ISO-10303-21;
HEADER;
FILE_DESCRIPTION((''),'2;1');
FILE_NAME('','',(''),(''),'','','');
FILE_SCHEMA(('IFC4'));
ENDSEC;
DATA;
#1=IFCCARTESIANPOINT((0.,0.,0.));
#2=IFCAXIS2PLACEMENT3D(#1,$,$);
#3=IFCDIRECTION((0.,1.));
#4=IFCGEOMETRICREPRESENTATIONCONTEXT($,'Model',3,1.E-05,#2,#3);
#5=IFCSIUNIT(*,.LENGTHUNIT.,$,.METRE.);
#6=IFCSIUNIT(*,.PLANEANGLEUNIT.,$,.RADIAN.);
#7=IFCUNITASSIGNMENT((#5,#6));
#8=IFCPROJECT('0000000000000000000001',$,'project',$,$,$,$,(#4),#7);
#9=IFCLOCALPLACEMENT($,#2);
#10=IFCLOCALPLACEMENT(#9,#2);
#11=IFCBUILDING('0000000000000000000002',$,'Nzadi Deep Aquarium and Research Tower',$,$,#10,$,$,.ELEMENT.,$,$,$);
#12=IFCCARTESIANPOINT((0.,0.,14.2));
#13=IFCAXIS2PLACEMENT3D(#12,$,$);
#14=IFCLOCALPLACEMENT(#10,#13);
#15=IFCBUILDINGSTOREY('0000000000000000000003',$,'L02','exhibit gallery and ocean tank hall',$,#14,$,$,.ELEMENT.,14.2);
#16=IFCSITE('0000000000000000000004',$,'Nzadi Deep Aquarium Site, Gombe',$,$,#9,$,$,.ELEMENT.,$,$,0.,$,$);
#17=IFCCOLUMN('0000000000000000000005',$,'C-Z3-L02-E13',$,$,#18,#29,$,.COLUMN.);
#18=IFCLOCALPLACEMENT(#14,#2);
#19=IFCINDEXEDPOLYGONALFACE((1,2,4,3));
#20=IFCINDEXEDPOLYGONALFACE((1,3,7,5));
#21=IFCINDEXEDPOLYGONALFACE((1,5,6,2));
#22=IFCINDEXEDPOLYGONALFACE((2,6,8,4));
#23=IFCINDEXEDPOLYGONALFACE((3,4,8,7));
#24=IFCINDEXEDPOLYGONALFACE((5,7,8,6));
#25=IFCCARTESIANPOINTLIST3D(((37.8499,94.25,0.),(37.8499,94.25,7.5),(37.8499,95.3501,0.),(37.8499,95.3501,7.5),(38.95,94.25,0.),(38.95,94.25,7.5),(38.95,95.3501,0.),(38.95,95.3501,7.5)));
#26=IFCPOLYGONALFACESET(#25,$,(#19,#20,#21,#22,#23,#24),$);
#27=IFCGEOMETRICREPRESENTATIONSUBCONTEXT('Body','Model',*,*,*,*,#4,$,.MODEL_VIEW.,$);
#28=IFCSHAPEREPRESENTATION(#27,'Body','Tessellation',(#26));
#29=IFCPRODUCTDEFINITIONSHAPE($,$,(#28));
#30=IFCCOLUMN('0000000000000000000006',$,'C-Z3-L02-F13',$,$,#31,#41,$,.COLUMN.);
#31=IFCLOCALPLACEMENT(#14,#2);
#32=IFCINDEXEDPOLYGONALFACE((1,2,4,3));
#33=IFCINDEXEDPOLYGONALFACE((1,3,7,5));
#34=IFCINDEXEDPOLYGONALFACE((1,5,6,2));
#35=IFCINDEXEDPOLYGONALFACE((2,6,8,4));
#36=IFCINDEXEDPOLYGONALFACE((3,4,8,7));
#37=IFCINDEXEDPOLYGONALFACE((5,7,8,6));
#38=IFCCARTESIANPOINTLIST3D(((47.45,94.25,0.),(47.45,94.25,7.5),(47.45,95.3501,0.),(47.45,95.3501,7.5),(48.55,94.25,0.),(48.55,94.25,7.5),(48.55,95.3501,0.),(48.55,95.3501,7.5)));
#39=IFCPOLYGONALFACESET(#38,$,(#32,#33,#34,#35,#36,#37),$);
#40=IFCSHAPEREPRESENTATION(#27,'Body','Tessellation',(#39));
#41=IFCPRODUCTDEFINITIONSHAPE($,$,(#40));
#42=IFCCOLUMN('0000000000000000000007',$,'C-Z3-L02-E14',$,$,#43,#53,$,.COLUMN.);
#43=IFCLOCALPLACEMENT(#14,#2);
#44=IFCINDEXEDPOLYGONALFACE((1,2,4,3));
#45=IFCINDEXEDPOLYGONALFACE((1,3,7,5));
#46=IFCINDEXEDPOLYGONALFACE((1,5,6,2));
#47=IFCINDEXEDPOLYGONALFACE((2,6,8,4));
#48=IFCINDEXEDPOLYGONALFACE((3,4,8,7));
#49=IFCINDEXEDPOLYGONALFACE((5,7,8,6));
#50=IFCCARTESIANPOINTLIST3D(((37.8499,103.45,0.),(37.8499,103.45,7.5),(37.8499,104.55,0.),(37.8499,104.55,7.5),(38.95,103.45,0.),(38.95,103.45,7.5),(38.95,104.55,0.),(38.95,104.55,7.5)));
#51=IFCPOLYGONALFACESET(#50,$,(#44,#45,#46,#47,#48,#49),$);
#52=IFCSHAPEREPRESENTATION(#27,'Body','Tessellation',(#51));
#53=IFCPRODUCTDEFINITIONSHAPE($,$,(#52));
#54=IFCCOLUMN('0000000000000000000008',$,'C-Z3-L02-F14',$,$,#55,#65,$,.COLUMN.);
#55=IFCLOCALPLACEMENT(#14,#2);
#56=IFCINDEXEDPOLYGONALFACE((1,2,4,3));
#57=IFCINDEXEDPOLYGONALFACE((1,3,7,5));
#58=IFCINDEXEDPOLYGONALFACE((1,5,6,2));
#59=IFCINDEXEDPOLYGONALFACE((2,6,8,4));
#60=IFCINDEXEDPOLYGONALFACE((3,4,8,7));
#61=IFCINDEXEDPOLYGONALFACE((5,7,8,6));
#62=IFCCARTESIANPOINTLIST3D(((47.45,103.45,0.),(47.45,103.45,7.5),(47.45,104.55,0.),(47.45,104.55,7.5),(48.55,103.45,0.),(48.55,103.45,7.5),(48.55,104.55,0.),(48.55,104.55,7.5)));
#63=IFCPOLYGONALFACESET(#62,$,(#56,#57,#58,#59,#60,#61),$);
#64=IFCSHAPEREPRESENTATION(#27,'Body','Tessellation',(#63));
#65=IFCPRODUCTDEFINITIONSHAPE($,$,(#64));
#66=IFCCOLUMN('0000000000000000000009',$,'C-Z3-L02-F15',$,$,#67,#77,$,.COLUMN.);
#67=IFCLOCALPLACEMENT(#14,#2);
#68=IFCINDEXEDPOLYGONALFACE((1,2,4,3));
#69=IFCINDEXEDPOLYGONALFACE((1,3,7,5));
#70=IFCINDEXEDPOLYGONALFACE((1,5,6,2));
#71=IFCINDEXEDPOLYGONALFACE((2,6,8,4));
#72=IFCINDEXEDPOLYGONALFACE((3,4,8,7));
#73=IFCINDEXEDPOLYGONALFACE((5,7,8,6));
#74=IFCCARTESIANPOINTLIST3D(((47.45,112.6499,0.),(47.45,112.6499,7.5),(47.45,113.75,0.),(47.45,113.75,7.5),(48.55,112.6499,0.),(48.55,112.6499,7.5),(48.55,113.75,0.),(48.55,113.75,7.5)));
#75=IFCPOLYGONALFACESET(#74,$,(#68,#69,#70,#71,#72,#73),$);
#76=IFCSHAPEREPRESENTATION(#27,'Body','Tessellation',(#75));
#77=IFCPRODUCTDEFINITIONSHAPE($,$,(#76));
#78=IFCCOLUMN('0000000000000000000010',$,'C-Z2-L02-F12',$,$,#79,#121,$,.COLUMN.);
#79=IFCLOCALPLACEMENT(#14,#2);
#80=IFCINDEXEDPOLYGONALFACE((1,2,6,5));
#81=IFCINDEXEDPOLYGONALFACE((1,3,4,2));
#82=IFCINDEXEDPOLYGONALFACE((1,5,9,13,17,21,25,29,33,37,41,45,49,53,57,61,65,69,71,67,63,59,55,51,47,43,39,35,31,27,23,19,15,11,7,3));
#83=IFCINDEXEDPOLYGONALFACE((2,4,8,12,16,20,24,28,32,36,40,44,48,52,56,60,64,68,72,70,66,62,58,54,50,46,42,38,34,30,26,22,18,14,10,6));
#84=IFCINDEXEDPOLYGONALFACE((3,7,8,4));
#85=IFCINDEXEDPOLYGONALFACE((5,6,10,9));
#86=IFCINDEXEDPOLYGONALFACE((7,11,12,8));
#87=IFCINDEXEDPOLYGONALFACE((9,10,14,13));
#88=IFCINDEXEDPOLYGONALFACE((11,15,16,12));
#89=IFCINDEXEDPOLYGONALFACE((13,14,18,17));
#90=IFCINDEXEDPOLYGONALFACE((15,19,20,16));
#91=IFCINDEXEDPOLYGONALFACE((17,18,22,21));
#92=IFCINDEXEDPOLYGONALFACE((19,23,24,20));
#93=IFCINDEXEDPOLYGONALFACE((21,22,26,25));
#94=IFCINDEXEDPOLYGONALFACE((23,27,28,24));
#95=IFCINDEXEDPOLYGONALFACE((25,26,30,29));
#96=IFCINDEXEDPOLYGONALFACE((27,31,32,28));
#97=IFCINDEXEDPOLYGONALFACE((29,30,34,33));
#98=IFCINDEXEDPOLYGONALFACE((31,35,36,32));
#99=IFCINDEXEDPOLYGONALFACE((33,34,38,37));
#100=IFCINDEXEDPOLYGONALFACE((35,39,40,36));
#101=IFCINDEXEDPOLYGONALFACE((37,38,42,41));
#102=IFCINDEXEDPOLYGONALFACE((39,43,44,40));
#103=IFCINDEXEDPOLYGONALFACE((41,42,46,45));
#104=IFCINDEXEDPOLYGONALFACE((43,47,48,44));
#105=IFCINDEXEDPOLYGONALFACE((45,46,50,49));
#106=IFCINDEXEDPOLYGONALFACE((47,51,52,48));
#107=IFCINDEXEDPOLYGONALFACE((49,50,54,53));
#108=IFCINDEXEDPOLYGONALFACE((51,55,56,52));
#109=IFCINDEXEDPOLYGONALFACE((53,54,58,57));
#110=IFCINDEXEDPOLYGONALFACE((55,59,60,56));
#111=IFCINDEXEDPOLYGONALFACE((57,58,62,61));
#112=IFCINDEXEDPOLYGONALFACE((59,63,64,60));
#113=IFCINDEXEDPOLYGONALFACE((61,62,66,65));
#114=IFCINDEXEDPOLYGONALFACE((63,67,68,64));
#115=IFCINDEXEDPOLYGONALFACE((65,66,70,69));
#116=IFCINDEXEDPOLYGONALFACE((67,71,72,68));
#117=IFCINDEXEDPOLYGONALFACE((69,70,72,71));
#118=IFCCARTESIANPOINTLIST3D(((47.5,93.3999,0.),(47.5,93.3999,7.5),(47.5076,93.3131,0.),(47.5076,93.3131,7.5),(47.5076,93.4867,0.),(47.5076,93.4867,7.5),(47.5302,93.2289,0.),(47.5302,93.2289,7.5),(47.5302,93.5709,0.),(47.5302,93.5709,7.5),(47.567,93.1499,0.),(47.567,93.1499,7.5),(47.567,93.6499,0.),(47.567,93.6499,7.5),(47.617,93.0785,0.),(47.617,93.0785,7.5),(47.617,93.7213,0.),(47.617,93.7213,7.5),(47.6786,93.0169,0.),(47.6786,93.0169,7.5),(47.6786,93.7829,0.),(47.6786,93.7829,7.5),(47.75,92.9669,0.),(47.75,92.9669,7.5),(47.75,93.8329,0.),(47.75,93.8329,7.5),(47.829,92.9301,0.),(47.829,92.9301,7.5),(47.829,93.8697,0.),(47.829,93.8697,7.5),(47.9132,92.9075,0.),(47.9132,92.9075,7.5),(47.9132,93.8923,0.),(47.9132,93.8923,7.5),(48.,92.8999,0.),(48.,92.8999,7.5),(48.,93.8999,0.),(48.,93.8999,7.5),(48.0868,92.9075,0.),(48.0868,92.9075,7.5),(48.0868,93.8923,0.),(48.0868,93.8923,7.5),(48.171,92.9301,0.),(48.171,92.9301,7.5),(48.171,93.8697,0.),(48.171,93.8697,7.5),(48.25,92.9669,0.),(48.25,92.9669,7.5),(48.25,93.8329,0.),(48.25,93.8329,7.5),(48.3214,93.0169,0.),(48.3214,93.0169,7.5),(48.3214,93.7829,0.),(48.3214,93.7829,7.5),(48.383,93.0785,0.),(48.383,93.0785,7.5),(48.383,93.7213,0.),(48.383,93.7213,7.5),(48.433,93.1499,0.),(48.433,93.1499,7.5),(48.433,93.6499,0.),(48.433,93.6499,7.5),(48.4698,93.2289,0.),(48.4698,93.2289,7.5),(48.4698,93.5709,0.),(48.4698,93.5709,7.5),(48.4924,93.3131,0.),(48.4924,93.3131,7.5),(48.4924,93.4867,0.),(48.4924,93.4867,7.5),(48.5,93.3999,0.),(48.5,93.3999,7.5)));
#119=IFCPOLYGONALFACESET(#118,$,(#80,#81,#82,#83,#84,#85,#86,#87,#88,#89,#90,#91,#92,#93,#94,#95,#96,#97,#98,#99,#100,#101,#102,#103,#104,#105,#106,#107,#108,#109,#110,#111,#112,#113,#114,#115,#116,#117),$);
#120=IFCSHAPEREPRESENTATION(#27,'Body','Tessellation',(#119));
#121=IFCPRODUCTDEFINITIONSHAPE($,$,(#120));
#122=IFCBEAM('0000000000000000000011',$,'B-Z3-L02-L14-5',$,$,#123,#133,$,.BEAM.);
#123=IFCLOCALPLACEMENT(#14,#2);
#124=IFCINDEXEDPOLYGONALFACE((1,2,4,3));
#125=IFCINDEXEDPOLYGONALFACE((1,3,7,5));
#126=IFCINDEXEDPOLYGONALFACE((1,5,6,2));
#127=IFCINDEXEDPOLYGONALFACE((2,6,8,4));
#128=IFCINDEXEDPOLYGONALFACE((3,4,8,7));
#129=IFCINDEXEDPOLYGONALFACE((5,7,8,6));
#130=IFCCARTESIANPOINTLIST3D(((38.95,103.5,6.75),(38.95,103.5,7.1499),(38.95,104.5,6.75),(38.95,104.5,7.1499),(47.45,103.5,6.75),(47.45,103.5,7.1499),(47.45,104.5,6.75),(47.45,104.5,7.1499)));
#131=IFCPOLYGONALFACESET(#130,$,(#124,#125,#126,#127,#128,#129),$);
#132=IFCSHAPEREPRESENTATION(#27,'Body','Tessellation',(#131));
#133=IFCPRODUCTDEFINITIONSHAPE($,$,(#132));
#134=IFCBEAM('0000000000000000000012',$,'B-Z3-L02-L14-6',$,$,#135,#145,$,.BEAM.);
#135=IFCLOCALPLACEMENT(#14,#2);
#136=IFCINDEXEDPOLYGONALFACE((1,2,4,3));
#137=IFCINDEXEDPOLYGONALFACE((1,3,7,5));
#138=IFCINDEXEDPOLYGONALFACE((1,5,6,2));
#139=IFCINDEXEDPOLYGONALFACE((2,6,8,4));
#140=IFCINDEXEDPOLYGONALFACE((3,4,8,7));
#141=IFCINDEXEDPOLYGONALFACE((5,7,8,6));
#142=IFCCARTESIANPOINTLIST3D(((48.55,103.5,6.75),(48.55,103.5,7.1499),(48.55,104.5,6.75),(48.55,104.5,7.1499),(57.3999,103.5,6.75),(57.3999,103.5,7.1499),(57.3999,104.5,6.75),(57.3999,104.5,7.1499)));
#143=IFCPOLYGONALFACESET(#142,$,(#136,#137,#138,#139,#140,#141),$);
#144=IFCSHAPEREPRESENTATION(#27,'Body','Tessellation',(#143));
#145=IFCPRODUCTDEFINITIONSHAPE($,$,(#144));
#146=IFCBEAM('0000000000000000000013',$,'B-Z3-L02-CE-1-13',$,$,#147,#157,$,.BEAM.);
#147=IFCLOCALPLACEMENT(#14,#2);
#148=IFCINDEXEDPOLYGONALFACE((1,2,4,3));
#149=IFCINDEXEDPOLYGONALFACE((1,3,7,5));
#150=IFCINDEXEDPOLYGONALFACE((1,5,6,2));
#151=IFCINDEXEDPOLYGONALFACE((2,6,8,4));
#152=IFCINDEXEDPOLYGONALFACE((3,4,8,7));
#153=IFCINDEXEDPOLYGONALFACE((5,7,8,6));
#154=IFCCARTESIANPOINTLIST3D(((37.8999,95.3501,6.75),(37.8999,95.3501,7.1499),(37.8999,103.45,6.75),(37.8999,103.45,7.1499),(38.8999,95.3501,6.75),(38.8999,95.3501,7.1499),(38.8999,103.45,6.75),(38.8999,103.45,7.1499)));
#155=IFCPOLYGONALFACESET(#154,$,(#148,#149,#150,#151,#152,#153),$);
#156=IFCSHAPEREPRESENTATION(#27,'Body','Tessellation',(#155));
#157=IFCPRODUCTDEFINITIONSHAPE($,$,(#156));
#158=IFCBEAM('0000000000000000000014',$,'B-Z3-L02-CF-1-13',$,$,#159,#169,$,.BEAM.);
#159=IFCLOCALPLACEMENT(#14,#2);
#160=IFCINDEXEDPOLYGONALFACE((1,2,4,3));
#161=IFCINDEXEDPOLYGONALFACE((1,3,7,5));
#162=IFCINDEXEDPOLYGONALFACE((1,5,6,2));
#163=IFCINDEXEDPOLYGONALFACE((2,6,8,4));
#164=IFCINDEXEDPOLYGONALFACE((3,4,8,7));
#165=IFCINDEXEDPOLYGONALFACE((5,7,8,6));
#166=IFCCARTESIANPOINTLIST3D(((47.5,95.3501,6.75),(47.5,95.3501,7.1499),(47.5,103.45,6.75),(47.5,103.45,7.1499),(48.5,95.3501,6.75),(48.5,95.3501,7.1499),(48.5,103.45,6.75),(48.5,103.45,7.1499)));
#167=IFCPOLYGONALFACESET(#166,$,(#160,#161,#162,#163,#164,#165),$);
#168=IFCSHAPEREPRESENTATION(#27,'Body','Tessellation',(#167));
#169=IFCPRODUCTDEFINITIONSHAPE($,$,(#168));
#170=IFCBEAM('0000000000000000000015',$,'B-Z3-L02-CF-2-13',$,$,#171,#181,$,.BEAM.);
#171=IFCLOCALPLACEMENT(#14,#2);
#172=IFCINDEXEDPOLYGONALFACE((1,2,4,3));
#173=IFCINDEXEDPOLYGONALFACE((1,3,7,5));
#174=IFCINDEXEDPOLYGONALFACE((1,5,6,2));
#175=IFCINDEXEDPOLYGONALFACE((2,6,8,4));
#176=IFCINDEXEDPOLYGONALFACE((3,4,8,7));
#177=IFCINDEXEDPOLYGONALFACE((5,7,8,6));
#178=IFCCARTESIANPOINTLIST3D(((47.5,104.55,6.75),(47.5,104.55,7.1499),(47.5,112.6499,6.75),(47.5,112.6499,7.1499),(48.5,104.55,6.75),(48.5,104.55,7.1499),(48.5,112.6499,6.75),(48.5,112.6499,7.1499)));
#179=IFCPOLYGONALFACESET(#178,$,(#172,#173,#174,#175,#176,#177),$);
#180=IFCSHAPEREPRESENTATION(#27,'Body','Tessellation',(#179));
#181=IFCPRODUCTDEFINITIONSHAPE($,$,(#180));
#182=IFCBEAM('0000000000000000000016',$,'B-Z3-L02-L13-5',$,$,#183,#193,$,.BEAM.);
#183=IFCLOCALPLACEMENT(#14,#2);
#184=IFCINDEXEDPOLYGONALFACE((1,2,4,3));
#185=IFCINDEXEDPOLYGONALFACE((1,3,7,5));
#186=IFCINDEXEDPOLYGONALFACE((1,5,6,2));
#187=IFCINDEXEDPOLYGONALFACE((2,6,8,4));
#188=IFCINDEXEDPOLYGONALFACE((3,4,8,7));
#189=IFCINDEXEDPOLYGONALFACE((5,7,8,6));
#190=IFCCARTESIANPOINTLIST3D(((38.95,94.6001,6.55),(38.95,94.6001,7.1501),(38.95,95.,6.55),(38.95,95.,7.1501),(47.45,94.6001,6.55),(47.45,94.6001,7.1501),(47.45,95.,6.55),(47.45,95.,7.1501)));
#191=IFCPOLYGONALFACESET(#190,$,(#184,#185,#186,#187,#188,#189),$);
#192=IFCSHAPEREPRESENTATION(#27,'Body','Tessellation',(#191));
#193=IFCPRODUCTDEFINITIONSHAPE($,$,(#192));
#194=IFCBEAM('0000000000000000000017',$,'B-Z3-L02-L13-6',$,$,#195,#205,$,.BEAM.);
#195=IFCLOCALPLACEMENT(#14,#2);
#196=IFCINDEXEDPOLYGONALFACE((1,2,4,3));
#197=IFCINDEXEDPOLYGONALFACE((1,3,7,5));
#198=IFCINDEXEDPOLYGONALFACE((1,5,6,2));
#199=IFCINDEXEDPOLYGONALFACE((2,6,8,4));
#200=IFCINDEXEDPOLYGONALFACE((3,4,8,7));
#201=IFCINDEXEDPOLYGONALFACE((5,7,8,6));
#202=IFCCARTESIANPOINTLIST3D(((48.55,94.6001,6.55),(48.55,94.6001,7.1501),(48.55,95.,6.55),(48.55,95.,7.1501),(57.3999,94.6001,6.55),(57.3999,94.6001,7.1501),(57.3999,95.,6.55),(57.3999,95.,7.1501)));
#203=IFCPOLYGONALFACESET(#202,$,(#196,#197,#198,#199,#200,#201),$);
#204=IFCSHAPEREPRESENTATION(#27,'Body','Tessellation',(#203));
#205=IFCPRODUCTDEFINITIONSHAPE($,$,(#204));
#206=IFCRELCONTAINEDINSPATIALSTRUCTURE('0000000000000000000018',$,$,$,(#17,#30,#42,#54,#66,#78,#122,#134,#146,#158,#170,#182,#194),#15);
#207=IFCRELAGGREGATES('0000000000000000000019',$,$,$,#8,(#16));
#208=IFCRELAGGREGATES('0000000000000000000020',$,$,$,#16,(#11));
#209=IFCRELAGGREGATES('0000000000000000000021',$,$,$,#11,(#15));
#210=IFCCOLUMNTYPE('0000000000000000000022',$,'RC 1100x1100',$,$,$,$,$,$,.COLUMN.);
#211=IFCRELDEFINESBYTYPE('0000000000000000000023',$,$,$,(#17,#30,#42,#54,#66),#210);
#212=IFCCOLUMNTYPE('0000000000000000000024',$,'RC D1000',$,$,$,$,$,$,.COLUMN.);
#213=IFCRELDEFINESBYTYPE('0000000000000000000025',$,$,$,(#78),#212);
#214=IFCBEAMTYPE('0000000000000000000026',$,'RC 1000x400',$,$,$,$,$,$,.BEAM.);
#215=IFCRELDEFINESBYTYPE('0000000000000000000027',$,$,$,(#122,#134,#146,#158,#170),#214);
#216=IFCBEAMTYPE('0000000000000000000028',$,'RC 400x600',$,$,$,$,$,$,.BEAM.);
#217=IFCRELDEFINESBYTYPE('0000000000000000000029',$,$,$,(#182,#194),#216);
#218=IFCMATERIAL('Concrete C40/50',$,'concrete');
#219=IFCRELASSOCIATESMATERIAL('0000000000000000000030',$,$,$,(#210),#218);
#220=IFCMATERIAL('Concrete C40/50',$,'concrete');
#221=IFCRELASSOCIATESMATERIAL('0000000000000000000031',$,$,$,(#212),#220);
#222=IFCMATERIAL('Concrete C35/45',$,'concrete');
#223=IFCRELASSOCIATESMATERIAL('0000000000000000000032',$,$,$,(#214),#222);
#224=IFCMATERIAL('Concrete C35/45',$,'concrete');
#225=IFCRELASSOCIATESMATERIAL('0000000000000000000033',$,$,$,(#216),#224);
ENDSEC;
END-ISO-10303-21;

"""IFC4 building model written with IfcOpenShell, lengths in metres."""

from ifc_helpers import new_model, si_unit, direction, frame, origin, origin_2d, place, context, subcontext, project, spatial, rectangle, circle, extrude, material, material_profile, profile_set, type_object, element, save


model = new_model("IFC4")

# Units and contexts
model_context = context("Model", 3, precision=1e-05, world=origin(), true_north=direction((0.0, 1.0)))
body_context = subcontext(model_context, "Body", "Model", "MODEL_VIEW")
ifc_project = project(units=[si_unit("LENGTHUNIT", "METRE"), si_unit("PLANEANGLEUNIT", "RADIAN")], contexts=[model_context])

# Site, building, storey
site_placement = place(None, origin())
site = spatial("IfcSite", under=ifc_project, at=site_placement, Name="Nzadi Deep Aquarium Site, Gombe", CompositionType="ELEMENT", RefElevation=0.0)
building_placement = place(site_placement, origin())
building = spatial("IfcBuilding", under=site, at=building_placement, Name="Nzadi Deep Aquarium and Research Tower", CompositionType="ELEMENT")
storey_placement = place(building_placement, frame((0.0, 0.0, 14.2)))
storey = spatial("IfcBuildingStorey", under=building, at=storey_placement, Name="L02", Description="exhibit gallery and ocean tank hall", CompositionType="ELEMENT", Elevation=14.2)

# Columns
ifc_material_1 = material(Name="Concrete C40/50", Category="concrete")
ifc_material_profile_1 = material_profile(ifc_material_1, rectangle(XDim=1.1001, YDim=1.1001, at=origin_2d()))
ifc_profile_set_1 = profile_set([ifc_material_profile_1], Name="Concrete C40/50")
column_type_1 = type_object("IfcColumnType", Name="RC 1100x1100", PredefinedType="COLUMN", material=ifc_profile_set_1)
for number, where, z_axis, x_axis, name in (
    (1, (38.3999, 94.8, 0.0), (0.0, 0.0, 1.0), (1.0, 0.0, 0.0), "C-Z3-L02-E13"),
    (2, (48.0, 94.8, 0.0), (0.0, 0.0, 1.0), (1.0, 0.0, 0.0), "C-Z3-L02-F13"),
    (3, (38.3999, 104.0, 0.0), (0.0, 0.0, 1.0), (1.0, 0.0, 0.0), "C-Z3-L02-E14"),
    (4, (48.0, 104.0, 0.0), (0.0, 0.0, 1.0), (1.0, 0.0, 0.0), "C-Z3-L02-F14"),
    (5, (48.0, 113.2, 0.0), (0.0, 0.0, 1.0), (1.0, 0.0, 0.0), "C-Z3-L02-F15"),
):
    element("IfcColumn", number, at=place(storey_placement, frame(where, z_axis=z_axis, x_axis=x_axis)), inside=storey, type_object=column_type_1, Name=name, PredefinedType="COLUMN", context=body_context, shape_type="SweptSolid", body=[
        extrude(rectangle(XDim=1.1001, YDim=1.1001, at=origin_2d()), origin(), (0.0, 0.0, 1.0), 7.5),
    ])
ifc_material_2 = material(Name="Concrete C40/50", Category="concrete")
ifc_material_profile_2 = material_profile(ifc_material_2, circle(Radius=0.5, at=origin_2d()))
ifc_profile_set_2 = profile_set([ifc_material_profile_2], Name="Concrete C40/50")
column_type_2 = type_object("IfcColumnType", Name="RC D1000", PredefinedType="COLUMN", material=ifc_profile_set_2)
column_placement = place(storey_placement, frame((48.0, 93.3999, 0.0), z_axis=(0.0, 0.0, 1.0), x_axis=(1.0, 0.0, 0.0)))
element("IfcColumn", 6, at=column_placement, inside=storey, type_object=column_type_2, Name="C-Z2-L02-F12", PredefinedType="COLUMN", context=body_context, shape_type="SweptSolid", body=[
    extrude(circle(Radius=0.5, at=origin_2d()), origin(), (0.0, 0.0, 1.0), 7.5),
])

# Beams
ifc_material_3 = material(Name="Concrete C35/45", Category="concrete")
ifc_material_profile_3 = material_profile(ifc_material_3, rectangle(XDim=1.0, YDim=0.3999, at=origin_2d()))
ifc_profile_set_3 = profile_set([ifc_material_profile_3], Name="Concrete C35/45")
beam_type_1 = type_object("IfcBeamType", Name="RC 1000x400", PredefinedType="BEAM", material=ifc_profile_set_3)
beam_1_placement = place(storey_placement, frame((38.95, 104.0, 6.95), z_axis=(1.0, 0.0, 0.0), x_axis=(0.0, 1.0, 0.0)))
element("IfcBeam", 7, at=beam_1_placement, inside=storey, type_object=beam_type_1, Name="B-Z3-L02-L14-5", PredefinedType="BEAM", context=body_context, shape_type="SweptSolid", body=[
    extrude(rectangle(XDim=1.0, YDim=0.3999, at=origin_2d()), origin(), (0.0, 0.0, 1.0), 8.5),
])
beam_2_placement = place(storey_placement, frame((48.55, 104.0, 6.95), z_axis=(1.0, 0.0, 0.0), x_axis=(0.0, 1.0, 0.0)))
element("IfcBeam", 8, at=beam_2_placement, inside=storey, type_object=beam_type_1, Name="B-Z3-L02-L14-6", PredefinedType="BEAM", context=body_context, shape_type="SweptSolid", body=[
    extrude(rectangle(XDim=1.0, YDim=0.3999, at=origin_2d()), origin(), (0.0, 0.0, 1.0), 8.8499),
])
for number, where, z_axis, x_axis, name in (
    (9, (38.3999, 95.3501, 6.95), (0.0, 1.0, 0.0), (-1.0, 0.0, 0.0), "B-Z3-L02-CE-1-13"),
    (10, (48.0, 95.3501, 6.95), (0.0, 1.0, 0.0), (-1.0, 0.0, 0.0), "B-Z3-L02-CF-1-13"),
    (11, (48.0, 104.55, 6.95), (0.0, 1.0, 0.0), (-1.0, 0.0, 0.0), "B-Z3-L02-CF-2-13"),
):
    element("IfcBeam", number, at=place(storey_placement, frame(where, z_axis=z_axis, x_axis=x_axis)), inside=storey, type_object=beam_type_1, Name=name, PredefinedType="BEAM", context=body_context, shape_type="SweptSolid", body=[
        extrude(rectangle(XDim=1.0, YDim=0.3999, at=origin_2d()), origin(), (0.0, 0.0, 1.0), 8.0999),
    ])
ifc_material_4 = material(Name="Concrete C35/45", Category="concrete")
ifc_material_profile_4 = material_profile(ifc_material_4, rectangle(XDim=0.3999, YDim=0.6001, at=origin_2d()))
ifc_profile_set_4 = profile_set([ifc_material_profile_4], Name="Concrete C35/45")
beam_type_2 = type_object("IfcBeamType", Name="RC 400x600", PredefinedType="BEAM", material=ifc_profile_set_4)
beam_3_placement = place(storey_placement, frame((38.95, 94.8, 6.8501), z_axis=(1.0, 0.0, 0.0), x_axis=(0.0, 1.0, 0.0)))
element("IfcBeam", 12, at=beam_3_placement, inside=storey, type_object=beam_type_2, Name="B-Z3-L02-L13-5", PredefinedType="BEAM", context=body_context, shape_type="SweptSolid", body=[
    extrude(rectangle(XDim=0.3999, YDim=0.6001, at=origin_2d()), origin(), (0.0, 0.0, 1.0), 8.5),
])
beam_4_placement = place(storey_placement, frame((48.55, 94.8, 6.8501), z_axis=(1.0, 0.0, 0.0), x_axis=(0.0, 1.0, 0.0)))
element("IfcBeam", 13, at=beam_4_placement, inside=storey, type_object=beam_type_2, Name="B-Z3-L02-L13-6", PredefinedType="BEAM", context=body_context, shape_type="SweptSolid", body=[
    extrude(rectangle(XDim=0.3999, YDim=0.6001, at=origin_2d()), origin(), (0.0, 0.0, 1.0), 8.8499),
])

save(model, "model.ifc")
